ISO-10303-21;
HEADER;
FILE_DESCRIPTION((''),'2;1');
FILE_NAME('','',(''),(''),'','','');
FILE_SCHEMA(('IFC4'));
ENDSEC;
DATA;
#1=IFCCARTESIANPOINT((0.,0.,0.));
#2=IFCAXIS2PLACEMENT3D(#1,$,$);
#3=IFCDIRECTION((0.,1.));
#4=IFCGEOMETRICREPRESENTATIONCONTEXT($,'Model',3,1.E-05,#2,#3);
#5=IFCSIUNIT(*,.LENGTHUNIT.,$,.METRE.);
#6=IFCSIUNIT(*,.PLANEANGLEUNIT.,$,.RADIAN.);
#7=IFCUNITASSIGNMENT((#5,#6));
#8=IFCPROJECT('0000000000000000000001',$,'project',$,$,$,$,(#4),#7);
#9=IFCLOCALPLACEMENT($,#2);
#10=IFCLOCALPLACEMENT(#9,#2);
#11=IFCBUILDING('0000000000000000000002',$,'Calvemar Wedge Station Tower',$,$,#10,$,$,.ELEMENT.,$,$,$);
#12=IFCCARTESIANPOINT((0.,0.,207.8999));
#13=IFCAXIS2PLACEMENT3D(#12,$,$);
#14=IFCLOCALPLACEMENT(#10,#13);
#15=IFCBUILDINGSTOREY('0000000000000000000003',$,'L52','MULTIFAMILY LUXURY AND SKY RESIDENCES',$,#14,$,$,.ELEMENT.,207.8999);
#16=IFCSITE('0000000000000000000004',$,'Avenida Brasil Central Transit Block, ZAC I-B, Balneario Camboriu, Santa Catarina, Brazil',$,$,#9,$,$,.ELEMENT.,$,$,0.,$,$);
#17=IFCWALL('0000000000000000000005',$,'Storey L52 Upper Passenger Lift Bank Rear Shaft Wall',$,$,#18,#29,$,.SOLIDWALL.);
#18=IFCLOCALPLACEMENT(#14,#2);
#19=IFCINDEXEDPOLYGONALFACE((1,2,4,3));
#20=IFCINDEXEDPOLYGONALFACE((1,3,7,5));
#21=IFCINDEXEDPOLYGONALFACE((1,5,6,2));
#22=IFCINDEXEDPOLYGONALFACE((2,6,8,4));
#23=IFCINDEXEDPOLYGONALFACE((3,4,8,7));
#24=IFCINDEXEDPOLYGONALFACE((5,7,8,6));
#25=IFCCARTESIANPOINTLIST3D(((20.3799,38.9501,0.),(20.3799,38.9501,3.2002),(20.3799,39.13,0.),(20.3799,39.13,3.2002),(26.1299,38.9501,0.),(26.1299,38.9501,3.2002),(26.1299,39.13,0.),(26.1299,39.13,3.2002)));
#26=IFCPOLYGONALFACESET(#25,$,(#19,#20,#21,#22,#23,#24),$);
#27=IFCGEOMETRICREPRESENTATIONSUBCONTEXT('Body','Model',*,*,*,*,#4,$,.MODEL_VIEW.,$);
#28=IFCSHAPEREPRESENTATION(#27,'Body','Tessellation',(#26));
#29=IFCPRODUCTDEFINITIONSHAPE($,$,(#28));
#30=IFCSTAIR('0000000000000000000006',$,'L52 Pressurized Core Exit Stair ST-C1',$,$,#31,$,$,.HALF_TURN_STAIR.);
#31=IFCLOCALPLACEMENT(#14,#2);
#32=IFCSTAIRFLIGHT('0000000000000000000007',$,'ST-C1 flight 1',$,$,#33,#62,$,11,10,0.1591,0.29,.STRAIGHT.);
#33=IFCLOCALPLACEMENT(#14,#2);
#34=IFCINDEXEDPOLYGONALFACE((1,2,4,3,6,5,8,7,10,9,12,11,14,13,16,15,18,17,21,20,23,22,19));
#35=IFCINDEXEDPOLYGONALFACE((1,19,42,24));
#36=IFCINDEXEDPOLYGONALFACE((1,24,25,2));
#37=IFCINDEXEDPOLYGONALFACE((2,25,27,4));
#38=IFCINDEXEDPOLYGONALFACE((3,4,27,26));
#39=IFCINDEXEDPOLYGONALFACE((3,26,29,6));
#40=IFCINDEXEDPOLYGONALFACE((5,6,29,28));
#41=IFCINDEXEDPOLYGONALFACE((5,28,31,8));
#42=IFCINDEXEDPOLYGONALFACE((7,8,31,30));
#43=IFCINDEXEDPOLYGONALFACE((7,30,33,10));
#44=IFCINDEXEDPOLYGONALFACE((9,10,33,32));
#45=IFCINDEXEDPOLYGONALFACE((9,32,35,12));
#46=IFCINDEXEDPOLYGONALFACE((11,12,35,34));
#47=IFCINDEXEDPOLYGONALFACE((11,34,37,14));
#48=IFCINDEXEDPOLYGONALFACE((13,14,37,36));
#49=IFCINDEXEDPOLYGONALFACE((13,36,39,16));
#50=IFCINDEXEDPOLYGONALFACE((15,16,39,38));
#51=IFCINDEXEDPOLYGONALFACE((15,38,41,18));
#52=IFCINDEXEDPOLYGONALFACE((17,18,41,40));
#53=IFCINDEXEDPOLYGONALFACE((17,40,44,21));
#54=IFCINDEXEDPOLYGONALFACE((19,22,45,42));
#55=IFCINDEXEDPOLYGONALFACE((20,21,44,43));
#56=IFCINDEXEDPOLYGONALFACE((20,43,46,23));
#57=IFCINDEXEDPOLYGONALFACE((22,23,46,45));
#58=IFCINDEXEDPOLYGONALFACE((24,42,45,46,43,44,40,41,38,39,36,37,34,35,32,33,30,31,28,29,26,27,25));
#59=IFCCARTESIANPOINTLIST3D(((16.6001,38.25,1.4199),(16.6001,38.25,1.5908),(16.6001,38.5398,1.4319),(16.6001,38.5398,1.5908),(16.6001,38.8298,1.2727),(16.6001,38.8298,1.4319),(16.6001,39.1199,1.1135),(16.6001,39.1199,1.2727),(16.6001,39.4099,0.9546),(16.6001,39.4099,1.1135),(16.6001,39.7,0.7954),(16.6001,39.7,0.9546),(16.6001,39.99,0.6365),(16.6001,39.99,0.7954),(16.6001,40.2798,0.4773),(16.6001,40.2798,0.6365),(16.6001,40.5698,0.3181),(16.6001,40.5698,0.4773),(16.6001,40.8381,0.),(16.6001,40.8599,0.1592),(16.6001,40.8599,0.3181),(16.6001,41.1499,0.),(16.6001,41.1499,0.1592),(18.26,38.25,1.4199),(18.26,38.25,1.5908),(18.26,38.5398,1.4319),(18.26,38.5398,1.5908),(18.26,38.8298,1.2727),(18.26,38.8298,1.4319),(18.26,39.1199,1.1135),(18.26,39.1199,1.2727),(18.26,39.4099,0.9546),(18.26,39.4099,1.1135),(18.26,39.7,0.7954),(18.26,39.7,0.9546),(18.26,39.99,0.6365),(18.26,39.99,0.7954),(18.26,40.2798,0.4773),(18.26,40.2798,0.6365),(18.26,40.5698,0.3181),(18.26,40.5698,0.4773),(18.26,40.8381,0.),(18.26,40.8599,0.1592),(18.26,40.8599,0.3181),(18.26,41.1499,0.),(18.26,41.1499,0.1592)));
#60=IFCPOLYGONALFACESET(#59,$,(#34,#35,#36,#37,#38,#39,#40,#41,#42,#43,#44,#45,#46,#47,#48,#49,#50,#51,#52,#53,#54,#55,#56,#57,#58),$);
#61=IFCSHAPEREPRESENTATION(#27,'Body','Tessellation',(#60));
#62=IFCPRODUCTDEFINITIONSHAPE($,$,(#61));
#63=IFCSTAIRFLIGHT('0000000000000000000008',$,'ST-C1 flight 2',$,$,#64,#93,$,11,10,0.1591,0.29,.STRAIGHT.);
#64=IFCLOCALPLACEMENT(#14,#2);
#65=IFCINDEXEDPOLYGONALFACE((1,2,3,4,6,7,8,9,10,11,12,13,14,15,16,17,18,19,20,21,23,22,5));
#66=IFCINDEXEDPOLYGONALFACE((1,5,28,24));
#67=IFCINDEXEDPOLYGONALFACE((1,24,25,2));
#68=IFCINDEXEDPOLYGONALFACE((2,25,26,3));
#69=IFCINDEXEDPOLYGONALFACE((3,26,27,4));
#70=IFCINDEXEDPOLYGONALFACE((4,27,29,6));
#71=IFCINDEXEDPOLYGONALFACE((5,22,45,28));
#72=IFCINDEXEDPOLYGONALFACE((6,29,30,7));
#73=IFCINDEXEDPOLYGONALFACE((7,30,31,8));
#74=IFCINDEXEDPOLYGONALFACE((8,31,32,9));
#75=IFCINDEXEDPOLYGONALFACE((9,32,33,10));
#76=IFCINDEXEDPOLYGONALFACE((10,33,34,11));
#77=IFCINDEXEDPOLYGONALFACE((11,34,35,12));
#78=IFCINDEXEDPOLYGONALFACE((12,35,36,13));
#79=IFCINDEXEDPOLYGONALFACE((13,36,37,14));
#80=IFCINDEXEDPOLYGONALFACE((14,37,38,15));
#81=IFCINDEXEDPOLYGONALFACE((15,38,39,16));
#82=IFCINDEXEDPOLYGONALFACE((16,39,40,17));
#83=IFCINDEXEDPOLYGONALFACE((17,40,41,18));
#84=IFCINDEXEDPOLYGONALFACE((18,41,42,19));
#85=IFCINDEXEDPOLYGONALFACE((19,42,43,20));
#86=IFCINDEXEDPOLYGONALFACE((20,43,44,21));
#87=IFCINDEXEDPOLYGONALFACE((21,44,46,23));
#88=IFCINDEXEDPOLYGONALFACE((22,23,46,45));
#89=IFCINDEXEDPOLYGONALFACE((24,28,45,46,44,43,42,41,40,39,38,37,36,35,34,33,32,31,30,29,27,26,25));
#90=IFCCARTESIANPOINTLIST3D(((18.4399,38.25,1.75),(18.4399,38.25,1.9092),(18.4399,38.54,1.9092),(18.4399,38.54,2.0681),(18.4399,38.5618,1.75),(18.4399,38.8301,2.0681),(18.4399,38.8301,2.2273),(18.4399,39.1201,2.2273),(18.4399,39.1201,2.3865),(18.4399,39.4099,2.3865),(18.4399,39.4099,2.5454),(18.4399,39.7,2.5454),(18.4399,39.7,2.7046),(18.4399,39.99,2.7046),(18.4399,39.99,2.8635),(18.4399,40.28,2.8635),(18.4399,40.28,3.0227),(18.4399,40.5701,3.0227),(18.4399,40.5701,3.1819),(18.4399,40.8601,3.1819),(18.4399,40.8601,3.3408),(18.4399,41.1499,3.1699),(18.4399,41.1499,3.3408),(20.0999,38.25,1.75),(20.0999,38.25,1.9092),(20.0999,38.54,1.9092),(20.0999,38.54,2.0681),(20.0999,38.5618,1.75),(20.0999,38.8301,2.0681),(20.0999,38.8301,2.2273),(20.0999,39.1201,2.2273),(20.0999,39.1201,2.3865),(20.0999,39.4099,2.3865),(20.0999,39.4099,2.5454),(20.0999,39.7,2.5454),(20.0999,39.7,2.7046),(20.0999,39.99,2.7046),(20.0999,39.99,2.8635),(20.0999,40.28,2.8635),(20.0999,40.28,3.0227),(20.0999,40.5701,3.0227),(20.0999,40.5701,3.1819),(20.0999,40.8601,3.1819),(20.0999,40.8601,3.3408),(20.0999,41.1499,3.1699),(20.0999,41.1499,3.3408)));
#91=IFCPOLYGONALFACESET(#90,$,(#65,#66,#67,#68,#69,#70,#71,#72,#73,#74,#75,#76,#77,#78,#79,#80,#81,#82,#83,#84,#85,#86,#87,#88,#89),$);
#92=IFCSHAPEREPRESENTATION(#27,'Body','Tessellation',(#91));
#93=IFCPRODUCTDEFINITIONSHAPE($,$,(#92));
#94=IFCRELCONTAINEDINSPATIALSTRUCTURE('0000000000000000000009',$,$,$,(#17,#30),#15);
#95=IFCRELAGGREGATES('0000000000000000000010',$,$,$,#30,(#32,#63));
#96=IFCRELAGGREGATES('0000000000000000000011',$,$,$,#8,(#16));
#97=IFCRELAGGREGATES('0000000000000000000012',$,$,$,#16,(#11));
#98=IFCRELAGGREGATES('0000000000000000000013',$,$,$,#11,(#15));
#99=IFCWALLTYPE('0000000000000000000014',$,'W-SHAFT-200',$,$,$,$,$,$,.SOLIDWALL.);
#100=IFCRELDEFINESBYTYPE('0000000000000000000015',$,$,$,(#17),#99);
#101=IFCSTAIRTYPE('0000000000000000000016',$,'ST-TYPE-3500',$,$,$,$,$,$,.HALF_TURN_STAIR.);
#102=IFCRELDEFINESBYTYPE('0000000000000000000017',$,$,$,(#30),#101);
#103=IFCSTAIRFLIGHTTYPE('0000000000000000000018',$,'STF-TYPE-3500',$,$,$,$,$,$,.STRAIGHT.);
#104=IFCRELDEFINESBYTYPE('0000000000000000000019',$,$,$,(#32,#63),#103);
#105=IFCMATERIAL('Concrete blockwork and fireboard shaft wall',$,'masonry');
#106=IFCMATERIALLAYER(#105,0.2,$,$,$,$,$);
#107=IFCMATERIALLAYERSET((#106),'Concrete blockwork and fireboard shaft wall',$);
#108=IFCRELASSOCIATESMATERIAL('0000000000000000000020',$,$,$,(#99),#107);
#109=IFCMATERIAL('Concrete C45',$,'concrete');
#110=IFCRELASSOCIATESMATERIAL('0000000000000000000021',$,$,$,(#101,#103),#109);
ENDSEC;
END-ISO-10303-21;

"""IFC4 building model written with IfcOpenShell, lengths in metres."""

from ifc_helpers import new_model, si_unit, direction, frame, frame_2d, origin, place, context, subcontext, project, spatial, polyline, rectangle, outline, extrude, material, layer, layer_set, type_object, element, aggregate, save


model = new_model("IFC4")

# Units and contexts
model_context = context("Model", 3, precision=1e-05, world=origin(), true_north=direction((0.0, 1.0)))
body_context = subcontext(model_context, "Body", "Model", "MODEL_VIEW")
ifc_project = project(units=[si_unit("LENGTHUNIT", "METRE"), si_unit("PLANEANGLEUNIT", "RADIAN")], contexts=[model_context])

# Site, building, storey
site_placement = place(None, origin())
site = spatial("IfcSite", under=ifc_project, at=site_placement, Name="Avenida Brasil Central Transit Block, ZAC I-B, Balneario Camboriu, Santa Catarina, Brazil", CompositionType="ELEMENT", RefElevation=0.0)
building_placement = place(site_placement, origin())
building = spatial("IfcBuilding", under=site, at=building_placement, Name="Calvemar Wedge Station Tower", CompositionType="ELEMENT")
storey_placement = place(building_placement, frame((0.0, 0.0, 207.8999)))
storey = spatial("IfcBuildingStorey", under=building, at=storey_placement, Name="L52", Description="MULTIFAMILY LUXURY AND SKY RESIDENCES", CompositionType="ELEMENT", Elevation=207.8999)

# Wall
ifc_material_1 = material(Name="Concrete blockwork and fireboard shaft wall", Category="masonry")
ifc_layer_1 = layer(ifc_material_1, 0.2)
ifc_layer_set_1 = layer_set([ifc_layer_1], Name="Concrete blockwork and fireboard shaft wall")
wall_type_1 = type_object("IfcWallType", Name="W-SHAFT-200", PredefinedType="SOLIDWALL", material=ifc_layer_set_1)
wall_1_placement = place(storey_placement, frame((20.3799, 39.04, 0.0), z_axis=(0.0, 0.0, 1.0), x_axis=(1.0, 0.0, 0.0)))
element("IfcWall", 1, at=wall_1_placement, inside=storey, type_object=wall_type_1, Name="Storey L52 Upper Passenger Lift Bank Rear Shaft Wall", PredefinedType="SOLIDWALL", context=body_context, shape_type="SweptSolid", body=[
    extrude(rectangle(XDim=5.75, YDim=0.1799, at=frame_2d((2.875, 0.0))), origin(), (0.0, 0.0, 1.0), 3.2002),
])

# Stair, stair flights
ifc_material_2 = material(Name="Concrete C45", Category="concrete")
stair_type = type_object("IfcStairType", Name="ST-TYPE-3500", PredefinedType="HALF_TURN_STAIR", material=ifc_material_2)
stair_placement = place(storey_placement, origin())
stair = element("IfcStair", 2, at=stair_placement, inside=storey, type_object=stair_type, Name="L52 Pressurized Core Exit Stair ST-C1", PredefinedType="HALF_TURN_STAIR")
stair_flight_type = type_object("IfcStairFlightType", Name="STF-TYPE-3500", PredefinedType="STRAIGHT", material=ifc_material_2)
stair_flight_1_placement = place(storey_placement, frame((17.4299, 41.1499, 0.0), z_axis=(0.0, 0.0, 1.0), x_axis=(0.0, -1.0, 0.0)))
stair_flight_1 = element("IfcStairFlight", 3, at=stair_flight_1_placement, type_object=stair_flight_type, Name="ST-C1 flight 1", NumberOfRisers=11, NumberOfTreads=10, PredefinedType="STRAIGHT", RiserHeight=0.1591, TreadLength=0.29, context=body_context, shape_type="SweptSolid", body=[
    extrude(outline(polyline([(0.0, 0.0), (0.0, 0.1592), (0.29, 0.1592), (0.29, 0.3181), (0.5801, 0.3181), (0.5801, 0.4773), (0.8701, 0.4773), (0.8701, 0.6365), (1.1599, 0.6365), (1.1599, 0.7954), (1.45, 0.7954), (1.45, 0.9546), (1.74, 0.9546), (1.74, 1.1135), (2.03, 1.1135), (2.03, 1.2727), (2.3201, 1.2727), (2.3201, 1.4319), (2.6101, 1.4319), (2.6101, 1.5908), (2.8999, 1.5908), (2.8999, 1.75), (2.8999, 1.4199), (0.3118, 0.0), (0.0, 0.0)])), frame((0.0, 0.8301, 0.0), z_axis=(0.0, -1.0, 0.0), x_axis=(1.0, 0.0, 0.0)), (0.0, 0.0, 1.0), 1.6599),
])
stair_flight_2_placement = place(storey_placement, frame((19.27, 38.25, 1.75), z_axis=(0.0, 0.0, 1.0), x_axis=(0.0, 1.0, 0.0)))
stair_flight_2 = element("IfcStairFlight", 4, at=stair_flight_2_placement, type_object=stair_flight_type, Name="ST-C1 flight 2", NumberOfRisers=11, NumberOfTreads=10, PredefinedType="STRAIGHT", RiserHeight=0.1591, TreadLength=0.29, context=body_context, shape_type="SweptSolid", body=[
    extrude(outline(polyline([(0.0, 0.0), (0.0, 0.1592), (0.29, 0.1592), (0.29, 0.3181), (0.5801, 0.3181), (0.5801, 0.4773), (0.8701, 0.4773), (0.8701, 0.6365), (1.1599, 0.6365), (1.1599, 0.7954), (1.45, 0.7954), (1.45, 0.9546), (1.74, 0.9546), (1.74, 1.1135), (2.03, 1.1135), (2.03, 1.2727), (2.3201, 1.2727), (2.3201, 1.4319), (2.6101, 1.4319), (2.6101, 1.5908), (2.8999, 1.5908), (2.8999, 1.75), (2.8999, 1.4199), (0.3118, 0.0), (0.0, 0.0)])), frame((0.0, 0.8301, 0.0), z_axis=(0.0, -1.0, 0.0), x_axis=(1.0, 0.0, 0.0)), (0.0, 0.0, 1.0), 1.6599),
])
aggregate(stair, [stair_flight_1, stair_flight_2])

save(model, "model.ifc")
